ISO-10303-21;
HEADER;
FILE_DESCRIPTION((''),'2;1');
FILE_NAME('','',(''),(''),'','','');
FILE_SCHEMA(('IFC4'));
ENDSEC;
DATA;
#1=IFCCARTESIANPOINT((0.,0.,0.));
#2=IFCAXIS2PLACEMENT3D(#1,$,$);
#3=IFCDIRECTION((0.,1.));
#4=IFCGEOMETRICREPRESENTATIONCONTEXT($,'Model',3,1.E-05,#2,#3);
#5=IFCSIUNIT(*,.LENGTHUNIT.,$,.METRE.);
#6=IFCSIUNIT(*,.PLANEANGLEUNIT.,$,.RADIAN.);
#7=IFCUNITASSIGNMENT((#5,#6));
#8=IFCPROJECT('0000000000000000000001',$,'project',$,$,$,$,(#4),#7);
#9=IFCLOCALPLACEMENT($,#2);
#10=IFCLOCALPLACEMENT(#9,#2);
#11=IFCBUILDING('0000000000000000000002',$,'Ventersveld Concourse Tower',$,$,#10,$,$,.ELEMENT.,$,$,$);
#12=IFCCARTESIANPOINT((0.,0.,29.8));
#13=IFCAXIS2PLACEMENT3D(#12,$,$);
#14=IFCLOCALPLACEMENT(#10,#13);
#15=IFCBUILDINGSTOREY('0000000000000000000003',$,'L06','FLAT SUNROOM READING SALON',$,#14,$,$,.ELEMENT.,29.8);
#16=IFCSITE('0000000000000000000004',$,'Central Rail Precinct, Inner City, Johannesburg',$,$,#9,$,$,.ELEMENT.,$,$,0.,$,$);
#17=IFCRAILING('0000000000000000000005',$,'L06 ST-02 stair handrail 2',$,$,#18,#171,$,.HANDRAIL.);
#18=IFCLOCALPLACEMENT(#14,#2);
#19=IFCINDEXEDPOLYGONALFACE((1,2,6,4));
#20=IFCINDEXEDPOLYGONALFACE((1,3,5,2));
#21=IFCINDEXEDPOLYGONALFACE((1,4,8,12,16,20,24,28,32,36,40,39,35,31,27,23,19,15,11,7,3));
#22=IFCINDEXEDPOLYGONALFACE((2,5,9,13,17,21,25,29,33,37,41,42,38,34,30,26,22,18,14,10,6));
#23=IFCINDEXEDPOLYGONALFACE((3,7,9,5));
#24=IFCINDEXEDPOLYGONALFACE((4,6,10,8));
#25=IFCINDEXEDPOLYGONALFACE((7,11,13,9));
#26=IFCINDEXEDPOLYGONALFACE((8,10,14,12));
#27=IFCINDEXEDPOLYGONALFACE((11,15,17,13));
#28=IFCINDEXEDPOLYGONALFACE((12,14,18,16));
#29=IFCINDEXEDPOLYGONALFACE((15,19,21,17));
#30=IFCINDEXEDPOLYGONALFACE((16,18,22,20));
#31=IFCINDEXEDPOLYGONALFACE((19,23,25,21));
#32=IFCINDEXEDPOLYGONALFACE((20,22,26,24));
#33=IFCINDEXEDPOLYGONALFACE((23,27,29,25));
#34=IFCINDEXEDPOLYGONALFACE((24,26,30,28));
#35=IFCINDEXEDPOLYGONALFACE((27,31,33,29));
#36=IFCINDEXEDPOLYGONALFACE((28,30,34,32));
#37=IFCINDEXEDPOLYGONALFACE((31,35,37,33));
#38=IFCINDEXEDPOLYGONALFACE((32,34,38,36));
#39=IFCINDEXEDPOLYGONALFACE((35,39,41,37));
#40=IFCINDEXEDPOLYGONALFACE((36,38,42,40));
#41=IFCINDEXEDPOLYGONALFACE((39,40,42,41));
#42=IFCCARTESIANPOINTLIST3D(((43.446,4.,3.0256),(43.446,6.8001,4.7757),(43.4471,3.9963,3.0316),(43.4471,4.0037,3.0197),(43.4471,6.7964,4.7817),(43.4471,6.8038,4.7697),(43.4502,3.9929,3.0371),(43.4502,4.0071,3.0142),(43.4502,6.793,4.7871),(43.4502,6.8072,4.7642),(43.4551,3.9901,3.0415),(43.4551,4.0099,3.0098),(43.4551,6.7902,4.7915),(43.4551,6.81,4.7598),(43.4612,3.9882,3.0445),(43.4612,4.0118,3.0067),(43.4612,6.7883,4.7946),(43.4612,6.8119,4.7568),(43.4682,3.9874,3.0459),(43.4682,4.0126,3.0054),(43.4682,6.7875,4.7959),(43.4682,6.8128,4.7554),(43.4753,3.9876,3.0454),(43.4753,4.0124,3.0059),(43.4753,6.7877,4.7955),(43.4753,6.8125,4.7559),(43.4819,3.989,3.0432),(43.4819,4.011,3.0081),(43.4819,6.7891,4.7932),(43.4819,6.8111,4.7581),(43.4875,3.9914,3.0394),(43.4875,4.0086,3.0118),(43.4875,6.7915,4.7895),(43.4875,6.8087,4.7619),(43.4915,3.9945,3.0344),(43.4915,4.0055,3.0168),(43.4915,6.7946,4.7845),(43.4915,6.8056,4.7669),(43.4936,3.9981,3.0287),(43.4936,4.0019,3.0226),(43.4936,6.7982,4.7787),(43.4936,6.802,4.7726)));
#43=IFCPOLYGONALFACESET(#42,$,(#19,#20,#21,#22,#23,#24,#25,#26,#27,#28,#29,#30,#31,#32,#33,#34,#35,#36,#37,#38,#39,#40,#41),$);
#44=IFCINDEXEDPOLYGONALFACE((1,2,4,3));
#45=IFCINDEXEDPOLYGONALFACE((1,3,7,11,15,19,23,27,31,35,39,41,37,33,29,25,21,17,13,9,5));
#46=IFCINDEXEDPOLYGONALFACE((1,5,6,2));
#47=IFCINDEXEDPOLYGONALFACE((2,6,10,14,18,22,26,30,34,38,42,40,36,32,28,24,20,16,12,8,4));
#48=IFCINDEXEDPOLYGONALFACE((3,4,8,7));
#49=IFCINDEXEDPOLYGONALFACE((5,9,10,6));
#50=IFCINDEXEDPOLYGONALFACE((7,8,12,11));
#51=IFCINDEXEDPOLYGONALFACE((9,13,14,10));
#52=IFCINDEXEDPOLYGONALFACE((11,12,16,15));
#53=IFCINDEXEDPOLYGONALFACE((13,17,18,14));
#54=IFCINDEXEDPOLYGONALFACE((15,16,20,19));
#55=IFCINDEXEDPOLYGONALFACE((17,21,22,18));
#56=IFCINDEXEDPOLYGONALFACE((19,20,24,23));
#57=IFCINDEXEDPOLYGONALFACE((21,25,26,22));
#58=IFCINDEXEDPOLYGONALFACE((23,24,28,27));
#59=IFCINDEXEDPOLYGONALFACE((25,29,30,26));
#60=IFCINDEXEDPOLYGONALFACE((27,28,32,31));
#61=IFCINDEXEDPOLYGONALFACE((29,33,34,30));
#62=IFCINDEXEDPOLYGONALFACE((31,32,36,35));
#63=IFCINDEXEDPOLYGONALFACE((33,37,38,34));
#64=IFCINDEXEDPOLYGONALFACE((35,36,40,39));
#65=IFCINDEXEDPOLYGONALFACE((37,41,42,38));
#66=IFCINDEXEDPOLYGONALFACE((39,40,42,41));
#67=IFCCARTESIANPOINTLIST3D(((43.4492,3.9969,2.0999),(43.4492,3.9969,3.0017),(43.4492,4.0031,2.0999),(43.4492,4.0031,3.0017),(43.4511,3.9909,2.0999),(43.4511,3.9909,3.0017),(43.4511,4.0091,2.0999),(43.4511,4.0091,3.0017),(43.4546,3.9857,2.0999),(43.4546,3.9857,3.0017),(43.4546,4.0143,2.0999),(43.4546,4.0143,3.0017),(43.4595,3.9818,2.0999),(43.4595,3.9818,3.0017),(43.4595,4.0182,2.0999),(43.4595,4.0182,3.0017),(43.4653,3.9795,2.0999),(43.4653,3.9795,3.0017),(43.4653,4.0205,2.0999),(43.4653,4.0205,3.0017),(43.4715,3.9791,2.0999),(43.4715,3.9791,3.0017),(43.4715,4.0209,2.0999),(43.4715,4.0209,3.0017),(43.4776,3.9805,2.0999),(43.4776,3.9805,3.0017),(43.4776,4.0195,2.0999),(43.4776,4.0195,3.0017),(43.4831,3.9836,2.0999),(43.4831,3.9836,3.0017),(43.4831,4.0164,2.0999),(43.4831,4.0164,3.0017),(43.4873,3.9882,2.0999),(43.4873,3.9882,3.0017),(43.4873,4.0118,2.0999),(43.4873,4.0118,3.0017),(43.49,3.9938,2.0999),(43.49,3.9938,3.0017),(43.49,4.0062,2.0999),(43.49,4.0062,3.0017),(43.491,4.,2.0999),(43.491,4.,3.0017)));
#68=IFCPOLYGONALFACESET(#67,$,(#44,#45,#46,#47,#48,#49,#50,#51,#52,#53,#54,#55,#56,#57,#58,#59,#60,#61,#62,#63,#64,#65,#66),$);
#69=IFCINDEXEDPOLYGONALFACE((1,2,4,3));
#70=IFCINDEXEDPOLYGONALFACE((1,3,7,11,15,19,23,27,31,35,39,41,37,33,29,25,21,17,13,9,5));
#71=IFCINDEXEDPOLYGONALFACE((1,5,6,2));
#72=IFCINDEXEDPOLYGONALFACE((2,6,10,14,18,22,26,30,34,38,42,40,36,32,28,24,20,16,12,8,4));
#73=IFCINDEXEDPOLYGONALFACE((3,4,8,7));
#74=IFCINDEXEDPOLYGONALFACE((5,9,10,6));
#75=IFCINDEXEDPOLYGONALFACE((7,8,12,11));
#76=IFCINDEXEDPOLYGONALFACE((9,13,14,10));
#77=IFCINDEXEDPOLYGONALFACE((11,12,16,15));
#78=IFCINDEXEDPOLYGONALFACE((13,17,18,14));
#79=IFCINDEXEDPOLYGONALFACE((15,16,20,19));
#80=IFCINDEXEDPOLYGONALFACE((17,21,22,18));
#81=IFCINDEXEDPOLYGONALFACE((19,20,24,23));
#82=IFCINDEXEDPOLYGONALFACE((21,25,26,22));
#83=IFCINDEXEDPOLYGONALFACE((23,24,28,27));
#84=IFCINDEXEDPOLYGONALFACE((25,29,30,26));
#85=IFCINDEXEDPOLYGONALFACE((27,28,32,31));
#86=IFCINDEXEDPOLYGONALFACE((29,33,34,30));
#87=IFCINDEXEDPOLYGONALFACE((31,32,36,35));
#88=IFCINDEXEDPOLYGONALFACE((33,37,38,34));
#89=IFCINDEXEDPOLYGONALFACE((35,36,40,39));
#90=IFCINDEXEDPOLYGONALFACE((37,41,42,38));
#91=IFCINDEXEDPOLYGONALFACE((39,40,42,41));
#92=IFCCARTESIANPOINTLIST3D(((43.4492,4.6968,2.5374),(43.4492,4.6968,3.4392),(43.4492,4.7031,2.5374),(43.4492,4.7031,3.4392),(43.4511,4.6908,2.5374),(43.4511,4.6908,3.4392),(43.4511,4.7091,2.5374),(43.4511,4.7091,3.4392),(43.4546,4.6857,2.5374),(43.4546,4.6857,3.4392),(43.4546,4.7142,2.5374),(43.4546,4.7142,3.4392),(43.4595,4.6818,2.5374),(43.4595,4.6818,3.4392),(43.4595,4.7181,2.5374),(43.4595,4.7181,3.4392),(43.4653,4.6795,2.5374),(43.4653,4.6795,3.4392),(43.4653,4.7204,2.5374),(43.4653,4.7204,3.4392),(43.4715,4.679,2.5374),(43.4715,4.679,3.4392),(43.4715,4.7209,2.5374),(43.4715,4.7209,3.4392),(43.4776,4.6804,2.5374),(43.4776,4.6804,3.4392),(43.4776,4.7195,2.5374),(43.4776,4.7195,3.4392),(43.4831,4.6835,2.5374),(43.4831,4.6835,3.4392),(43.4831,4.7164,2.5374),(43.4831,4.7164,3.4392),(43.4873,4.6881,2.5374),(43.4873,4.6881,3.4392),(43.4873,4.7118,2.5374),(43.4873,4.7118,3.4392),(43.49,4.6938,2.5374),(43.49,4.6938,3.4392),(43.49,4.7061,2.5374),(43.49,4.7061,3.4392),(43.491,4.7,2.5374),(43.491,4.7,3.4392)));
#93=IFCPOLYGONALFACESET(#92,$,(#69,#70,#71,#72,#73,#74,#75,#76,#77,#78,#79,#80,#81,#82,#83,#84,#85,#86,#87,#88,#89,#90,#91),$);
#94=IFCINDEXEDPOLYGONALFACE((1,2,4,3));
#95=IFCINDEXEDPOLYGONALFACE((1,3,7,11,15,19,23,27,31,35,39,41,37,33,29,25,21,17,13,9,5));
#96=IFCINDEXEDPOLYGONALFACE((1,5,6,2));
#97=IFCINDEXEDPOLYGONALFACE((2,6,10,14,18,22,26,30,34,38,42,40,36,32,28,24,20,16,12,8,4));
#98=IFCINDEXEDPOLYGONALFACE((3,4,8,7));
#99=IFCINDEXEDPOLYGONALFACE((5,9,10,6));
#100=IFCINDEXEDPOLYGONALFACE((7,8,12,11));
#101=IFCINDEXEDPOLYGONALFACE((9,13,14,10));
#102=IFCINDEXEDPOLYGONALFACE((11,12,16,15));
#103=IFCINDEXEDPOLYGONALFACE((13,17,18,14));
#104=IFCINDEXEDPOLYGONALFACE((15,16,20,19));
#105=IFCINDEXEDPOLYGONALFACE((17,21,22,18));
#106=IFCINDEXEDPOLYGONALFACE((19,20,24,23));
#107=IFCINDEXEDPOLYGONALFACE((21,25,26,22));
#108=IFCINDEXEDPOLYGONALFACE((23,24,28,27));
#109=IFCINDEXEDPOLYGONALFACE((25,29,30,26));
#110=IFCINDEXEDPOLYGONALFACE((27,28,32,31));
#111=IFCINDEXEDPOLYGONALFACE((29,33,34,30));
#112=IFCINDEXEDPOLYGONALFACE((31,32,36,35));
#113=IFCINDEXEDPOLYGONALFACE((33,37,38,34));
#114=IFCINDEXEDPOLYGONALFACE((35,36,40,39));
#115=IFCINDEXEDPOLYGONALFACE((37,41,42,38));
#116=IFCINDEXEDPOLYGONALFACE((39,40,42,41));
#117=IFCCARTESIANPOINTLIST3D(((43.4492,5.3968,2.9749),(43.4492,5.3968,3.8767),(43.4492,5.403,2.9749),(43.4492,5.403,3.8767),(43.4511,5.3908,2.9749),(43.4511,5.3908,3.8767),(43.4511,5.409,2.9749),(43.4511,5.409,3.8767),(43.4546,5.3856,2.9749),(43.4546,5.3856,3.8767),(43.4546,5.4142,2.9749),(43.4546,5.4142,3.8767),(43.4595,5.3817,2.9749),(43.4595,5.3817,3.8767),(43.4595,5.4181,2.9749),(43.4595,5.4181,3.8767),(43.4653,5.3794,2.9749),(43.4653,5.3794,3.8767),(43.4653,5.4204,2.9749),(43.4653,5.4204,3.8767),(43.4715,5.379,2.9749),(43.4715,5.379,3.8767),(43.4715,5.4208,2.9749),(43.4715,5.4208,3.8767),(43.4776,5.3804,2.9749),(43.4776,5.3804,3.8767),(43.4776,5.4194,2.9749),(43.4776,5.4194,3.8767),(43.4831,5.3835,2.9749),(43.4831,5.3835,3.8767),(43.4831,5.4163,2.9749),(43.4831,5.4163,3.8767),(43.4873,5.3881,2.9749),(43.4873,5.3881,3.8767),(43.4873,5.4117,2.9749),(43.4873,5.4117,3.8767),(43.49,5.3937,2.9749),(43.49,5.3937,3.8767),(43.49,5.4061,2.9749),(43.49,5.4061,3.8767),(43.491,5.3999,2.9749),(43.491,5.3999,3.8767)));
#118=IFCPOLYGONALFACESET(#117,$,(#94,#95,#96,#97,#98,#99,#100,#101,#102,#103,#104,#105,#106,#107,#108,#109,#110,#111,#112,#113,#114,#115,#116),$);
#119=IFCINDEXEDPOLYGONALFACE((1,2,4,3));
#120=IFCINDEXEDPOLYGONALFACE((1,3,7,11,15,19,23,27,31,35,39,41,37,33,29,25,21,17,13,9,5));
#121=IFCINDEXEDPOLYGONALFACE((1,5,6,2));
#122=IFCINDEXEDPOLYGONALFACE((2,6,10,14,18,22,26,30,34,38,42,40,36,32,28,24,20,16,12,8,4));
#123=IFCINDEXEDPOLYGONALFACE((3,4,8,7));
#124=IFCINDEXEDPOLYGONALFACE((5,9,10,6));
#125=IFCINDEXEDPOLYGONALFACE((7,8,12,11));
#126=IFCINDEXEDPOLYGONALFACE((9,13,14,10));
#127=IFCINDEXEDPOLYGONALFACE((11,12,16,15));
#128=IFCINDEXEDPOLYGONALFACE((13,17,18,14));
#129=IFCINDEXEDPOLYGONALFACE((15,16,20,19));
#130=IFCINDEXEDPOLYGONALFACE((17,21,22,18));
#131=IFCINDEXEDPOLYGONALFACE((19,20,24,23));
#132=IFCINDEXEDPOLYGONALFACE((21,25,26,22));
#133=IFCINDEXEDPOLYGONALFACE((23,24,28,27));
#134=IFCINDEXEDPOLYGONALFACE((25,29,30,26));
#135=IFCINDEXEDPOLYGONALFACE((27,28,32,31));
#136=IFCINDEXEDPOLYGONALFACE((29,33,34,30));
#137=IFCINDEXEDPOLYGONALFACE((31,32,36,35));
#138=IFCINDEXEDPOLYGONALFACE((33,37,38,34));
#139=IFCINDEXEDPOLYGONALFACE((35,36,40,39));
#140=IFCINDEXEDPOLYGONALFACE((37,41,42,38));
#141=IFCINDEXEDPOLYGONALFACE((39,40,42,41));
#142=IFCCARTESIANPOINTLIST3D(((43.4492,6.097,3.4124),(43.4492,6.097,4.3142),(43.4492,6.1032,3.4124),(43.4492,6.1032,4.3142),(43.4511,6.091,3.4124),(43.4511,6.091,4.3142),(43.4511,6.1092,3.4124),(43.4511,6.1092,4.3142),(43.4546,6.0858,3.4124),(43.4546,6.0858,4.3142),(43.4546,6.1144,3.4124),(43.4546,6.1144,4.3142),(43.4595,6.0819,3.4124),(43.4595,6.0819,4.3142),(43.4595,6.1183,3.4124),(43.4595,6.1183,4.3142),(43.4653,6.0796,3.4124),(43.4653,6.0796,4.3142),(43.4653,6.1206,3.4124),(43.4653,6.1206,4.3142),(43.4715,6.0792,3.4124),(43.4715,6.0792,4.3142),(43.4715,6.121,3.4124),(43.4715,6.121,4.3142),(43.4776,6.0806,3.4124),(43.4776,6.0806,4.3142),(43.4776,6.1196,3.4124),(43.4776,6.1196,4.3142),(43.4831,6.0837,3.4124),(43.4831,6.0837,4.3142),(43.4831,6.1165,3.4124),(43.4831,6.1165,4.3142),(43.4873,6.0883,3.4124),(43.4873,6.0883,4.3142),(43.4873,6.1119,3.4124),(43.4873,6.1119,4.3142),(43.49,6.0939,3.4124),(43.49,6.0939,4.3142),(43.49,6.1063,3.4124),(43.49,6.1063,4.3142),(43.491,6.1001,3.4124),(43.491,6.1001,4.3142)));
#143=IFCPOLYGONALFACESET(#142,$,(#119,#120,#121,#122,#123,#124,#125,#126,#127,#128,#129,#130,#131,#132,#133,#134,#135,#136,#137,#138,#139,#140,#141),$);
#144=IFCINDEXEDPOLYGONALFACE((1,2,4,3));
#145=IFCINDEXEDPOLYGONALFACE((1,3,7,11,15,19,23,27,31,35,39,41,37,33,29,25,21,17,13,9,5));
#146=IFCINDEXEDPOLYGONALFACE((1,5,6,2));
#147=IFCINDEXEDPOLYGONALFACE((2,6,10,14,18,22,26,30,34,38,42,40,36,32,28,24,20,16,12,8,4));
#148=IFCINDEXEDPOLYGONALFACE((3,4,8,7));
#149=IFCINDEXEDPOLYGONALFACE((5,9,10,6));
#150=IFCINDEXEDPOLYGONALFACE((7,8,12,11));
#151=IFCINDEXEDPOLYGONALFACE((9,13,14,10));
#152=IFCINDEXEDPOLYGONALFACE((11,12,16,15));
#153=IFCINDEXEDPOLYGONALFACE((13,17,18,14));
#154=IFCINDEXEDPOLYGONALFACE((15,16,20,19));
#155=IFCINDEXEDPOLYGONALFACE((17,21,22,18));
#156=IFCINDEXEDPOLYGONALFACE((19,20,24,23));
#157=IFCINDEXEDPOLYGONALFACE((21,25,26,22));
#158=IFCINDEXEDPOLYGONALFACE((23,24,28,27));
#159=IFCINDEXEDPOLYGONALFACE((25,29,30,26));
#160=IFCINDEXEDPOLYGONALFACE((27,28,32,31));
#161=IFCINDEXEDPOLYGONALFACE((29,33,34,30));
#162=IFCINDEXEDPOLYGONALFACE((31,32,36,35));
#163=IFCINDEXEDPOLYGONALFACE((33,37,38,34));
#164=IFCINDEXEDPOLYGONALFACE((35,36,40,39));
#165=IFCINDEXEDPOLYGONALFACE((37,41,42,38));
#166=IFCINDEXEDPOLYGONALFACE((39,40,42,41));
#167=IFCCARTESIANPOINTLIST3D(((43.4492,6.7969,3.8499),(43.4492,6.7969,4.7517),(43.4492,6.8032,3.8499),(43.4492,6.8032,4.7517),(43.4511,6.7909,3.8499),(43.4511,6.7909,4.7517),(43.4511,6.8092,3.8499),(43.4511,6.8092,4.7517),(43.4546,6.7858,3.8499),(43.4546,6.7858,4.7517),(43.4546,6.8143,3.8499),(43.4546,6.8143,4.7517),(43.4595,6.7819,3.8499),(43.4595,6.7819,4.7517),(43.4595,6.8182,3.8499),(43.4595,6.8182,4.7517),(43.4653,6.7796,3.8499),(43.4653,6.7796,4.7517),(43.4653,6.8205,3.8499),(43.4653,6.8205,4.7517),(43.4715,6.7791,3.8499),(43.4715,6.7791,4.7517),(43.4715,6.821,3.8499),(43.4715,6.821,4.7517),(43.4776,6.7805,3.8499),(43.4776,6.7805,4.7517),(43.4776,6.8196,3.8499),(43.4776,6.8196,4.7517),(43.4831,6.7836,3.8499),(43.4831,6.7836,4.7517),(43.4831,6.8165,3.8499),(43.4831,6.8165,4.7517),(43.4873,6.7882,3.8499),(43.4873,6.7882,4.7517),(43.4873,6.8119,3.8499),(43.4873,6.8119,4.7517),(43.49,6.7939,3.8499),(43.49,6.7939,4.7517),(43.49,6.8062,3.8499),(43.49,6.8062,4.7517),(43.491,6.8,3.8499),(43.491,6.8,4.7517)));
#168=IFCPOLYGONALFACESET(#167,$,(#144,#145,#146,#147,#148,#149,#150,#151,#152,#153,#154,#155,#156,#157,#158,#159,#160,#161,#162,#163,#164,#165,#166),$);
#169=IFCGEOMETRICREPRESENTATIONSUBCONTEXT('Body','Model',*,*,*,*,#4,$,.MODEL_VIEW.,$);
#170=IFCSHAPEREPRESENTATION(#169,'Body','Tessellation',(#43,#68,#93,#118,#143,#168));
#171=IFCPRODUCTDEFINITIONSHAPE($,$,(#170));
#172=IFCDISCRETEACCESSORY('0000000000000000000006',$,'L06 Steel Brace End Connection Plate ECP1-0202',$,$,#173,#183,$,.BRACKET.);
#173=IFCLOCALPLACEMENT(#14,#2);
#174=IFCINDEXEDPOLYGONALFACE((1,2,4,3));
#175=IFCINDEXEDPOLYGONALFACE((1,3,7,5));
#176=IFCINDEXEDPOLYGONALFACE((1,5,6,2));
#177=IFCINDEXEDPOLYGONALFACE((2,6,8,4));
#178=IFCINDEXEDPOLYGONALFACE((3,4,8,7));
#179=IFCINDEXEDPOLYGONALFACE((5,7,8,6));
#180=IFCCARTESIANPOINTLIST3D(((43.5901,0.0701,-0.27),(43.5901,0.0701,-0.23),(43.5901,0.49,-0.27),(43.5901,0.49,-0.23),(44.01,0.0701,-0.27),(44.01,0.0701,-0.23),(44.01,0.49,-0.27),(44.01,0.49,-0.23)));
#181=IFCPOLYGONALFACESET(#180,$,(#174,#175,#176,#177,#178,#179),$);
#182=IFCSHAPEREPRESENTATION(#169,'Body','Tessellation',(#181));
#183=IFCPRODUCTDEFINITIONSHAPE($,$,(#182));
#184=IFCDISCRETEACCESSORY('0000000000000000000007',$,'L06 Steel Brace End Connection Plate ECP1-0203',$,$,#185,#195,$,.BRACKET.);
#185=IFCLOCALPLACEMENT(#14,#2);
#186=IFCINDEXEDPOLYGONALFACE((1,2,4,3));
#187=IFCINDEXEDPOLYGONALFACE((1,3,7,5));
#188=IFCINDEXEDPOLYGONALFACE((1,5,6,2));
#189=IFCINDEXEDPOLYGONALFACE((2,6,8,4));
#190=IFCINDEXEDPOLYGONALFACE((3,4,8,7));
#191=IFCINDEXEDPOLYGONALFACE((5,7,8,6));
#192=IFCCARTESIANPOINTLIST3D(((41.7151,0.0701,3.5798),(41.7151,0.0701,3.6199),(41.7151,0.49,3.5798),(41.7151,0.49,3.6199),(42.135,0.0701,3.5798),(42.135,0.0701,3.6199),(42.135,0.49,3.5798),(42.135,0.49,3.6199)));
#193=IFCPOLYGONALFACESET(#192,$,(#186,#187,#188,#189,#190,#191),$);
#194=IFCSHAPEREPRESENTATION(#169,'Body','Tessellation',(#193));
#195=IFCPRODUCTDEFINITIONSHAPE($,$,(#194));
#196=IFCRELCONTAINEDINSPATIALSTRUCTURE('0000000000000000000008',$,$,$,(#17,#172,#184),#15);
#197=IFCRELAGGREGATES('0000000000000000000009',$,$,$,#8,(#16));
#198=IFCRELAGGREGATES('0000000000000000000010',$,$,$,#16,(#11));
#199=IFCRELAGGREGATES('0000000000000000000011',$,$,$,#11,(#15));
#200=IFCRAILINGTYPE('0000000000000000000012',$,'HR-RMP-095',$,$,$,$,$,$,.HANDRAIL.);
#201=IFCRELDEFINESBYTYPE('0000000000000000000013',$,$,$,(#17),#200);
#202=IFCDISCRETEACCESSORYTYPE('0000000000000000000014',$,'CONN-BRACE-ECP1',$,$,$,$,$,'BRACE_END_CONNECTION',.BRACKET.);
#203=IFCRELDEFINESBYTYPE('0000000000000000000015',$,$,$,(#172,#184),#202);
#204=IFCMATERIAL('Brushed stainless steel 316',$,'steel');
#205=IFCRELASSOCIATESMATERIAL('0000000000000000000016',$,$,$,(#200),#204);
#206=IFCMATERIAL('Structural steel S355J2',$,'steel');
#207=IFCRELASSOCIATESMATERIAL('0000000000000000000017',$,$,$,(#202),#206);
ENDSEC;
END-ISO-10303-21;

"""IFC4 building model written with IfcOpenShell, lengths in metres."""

from ifc_helpers import new_model, si_unit, direction, frame, origin, origin_2d, place, context, subcontext, project, spatial, rectangle, circle, extrude, material, type_object, element, save


model = new_model("IFC4")

# Units and contexts
model_context = context("Model", 3, precision=1e-05, world=origin(), true_north=direction((0.0, 1.0)))
body_context = subcontext(model_context, "Body", "Model", "MODEL_VIEW")
ifc_project = project(units=[si_unit("LENGTHUNIT", "METRE"), si_unit("PLANEANGLEUNIT", "RADIAN")], contexts=[model_context])

# Site, building, storey
site_placement = place(None, origin())
site = spatial("IfcSite", under=ifc_project, at=site_placement, Name="Central Rail Precinct, Inner City, Johannesburg", CompositionType="ELEMENT", RefElevation=0.0)
building_placement = place(site_placement, origin())
building = spatial("IfcBuilding", under=site, at=building_placement, Name="Ventersveld Concourse Tower", CompositionType="ELEMENT")
storey_placement = place(building_placement, frame((0.0, 0.0, 29.8)))
storey = spatial("IfcBuildingStorey", under=building, at=storey_placement, Name="L06", Description="FLAT SUNROOM READING SALON", CompositionType="ELEMENT", Elevation=29.8)

# Shared definitions
ifc_material_1 = material(Name="Structural steel S355J2", Category="steel")

# Railing
ifc_material_2 = material(Name="Brushed stainless steel 316", Category="steel")
railing_type_1 = type_object("IfcRailingType", Name="HR-RMP-095", PredefinedType="HANDRAIL", material=ifc_material_2)
railing_1_placement = place(storey_placement, frame((43.47, 4.0, 2.0999)))
element("IfcRailing", 1, at=railing_1_placement, inside=storey, type_object=railing_type_1, Name="L06 ST-02 stair handrail 2", PredefinedType="HANDRAIL", context=body_context, shape_type="SweptSolid", body=[
    extrude(circle(Radius=0.0239, at=origin_2d()), frame((0.0, 0.0, 0.9258), z_axis=(0.0, 0.848002, 0.529992), x_axis=(-1.0, 0.0, 0.0)), (0.0, 0.0, 1.0), 3.302),
    extrude(circle(Radius=0.021, at=origin_2d()), origin(), (0.0, 0.0, 1.0), 0.9019),
    extrude(circle(Radius=0.021, at=origin_2d()), frame((0.0, 0.7, 0.4375)), (0.0, 0.0, 1.0), 0.9019),
    extrude(circle(Radius=0.021, at=origin_2d()), frame((0.0, 1.3999, 0.875)), (0.0, 0.0, 1.0), 0.9019),
    extrude(circle(Radius=0.021, at=origin_2d()), frame((0.0, 2.1001, 1.3125)), (0.0, 0.0, 1.0), 0.9019),
    extrude(circle(Radius=0.021, at=origin_2d()), frame((0.0, 2.8, 1.75)), (0.0, 0.0, 1.0), 0.9019),
])

# Discrete accessories
discrete_accessory_type = type_object("IfcDiscreteAccessoryType", Name="CONN-BRACE-ECP1", ElementType="BRACE_END_CONNECTION", PredefinedType="BRACKET", material=ifc_material_1)
for number, where, z_axis, x_axis, name in (
    (2, (43.8, 0.28, -0.27), (0.0, 0.0, 1.0), (1.0, 0.0, 0.0), "L06 Steel Brace End Connection Plate ECP1-0202"),
    (3, (41.925, 0.28, 3.5798), (0.0, 0.0, 1.0), (1.0, 0.0, 0.0), "L06 Steel Brace End Connection Plate ECP1-0203"),
):
    element("IfcDiscreteAccessory", number, at=place(storey_placement, frame(where, z_axis=z_axis, x_axis=x_axis)), inside=storey, type_object=discrete_accessory_type, Name=name, PredefinedType="BRACKET", context=body_context, shape_type="SweptSolid", body=[
        extrude(rectangle(XDim=0.4199, YDim=0.4199, at=origin_2d()), origin(), (0.0, 0.0, 1.0), 0.04),
    ])

save(model, "model.ifc")
